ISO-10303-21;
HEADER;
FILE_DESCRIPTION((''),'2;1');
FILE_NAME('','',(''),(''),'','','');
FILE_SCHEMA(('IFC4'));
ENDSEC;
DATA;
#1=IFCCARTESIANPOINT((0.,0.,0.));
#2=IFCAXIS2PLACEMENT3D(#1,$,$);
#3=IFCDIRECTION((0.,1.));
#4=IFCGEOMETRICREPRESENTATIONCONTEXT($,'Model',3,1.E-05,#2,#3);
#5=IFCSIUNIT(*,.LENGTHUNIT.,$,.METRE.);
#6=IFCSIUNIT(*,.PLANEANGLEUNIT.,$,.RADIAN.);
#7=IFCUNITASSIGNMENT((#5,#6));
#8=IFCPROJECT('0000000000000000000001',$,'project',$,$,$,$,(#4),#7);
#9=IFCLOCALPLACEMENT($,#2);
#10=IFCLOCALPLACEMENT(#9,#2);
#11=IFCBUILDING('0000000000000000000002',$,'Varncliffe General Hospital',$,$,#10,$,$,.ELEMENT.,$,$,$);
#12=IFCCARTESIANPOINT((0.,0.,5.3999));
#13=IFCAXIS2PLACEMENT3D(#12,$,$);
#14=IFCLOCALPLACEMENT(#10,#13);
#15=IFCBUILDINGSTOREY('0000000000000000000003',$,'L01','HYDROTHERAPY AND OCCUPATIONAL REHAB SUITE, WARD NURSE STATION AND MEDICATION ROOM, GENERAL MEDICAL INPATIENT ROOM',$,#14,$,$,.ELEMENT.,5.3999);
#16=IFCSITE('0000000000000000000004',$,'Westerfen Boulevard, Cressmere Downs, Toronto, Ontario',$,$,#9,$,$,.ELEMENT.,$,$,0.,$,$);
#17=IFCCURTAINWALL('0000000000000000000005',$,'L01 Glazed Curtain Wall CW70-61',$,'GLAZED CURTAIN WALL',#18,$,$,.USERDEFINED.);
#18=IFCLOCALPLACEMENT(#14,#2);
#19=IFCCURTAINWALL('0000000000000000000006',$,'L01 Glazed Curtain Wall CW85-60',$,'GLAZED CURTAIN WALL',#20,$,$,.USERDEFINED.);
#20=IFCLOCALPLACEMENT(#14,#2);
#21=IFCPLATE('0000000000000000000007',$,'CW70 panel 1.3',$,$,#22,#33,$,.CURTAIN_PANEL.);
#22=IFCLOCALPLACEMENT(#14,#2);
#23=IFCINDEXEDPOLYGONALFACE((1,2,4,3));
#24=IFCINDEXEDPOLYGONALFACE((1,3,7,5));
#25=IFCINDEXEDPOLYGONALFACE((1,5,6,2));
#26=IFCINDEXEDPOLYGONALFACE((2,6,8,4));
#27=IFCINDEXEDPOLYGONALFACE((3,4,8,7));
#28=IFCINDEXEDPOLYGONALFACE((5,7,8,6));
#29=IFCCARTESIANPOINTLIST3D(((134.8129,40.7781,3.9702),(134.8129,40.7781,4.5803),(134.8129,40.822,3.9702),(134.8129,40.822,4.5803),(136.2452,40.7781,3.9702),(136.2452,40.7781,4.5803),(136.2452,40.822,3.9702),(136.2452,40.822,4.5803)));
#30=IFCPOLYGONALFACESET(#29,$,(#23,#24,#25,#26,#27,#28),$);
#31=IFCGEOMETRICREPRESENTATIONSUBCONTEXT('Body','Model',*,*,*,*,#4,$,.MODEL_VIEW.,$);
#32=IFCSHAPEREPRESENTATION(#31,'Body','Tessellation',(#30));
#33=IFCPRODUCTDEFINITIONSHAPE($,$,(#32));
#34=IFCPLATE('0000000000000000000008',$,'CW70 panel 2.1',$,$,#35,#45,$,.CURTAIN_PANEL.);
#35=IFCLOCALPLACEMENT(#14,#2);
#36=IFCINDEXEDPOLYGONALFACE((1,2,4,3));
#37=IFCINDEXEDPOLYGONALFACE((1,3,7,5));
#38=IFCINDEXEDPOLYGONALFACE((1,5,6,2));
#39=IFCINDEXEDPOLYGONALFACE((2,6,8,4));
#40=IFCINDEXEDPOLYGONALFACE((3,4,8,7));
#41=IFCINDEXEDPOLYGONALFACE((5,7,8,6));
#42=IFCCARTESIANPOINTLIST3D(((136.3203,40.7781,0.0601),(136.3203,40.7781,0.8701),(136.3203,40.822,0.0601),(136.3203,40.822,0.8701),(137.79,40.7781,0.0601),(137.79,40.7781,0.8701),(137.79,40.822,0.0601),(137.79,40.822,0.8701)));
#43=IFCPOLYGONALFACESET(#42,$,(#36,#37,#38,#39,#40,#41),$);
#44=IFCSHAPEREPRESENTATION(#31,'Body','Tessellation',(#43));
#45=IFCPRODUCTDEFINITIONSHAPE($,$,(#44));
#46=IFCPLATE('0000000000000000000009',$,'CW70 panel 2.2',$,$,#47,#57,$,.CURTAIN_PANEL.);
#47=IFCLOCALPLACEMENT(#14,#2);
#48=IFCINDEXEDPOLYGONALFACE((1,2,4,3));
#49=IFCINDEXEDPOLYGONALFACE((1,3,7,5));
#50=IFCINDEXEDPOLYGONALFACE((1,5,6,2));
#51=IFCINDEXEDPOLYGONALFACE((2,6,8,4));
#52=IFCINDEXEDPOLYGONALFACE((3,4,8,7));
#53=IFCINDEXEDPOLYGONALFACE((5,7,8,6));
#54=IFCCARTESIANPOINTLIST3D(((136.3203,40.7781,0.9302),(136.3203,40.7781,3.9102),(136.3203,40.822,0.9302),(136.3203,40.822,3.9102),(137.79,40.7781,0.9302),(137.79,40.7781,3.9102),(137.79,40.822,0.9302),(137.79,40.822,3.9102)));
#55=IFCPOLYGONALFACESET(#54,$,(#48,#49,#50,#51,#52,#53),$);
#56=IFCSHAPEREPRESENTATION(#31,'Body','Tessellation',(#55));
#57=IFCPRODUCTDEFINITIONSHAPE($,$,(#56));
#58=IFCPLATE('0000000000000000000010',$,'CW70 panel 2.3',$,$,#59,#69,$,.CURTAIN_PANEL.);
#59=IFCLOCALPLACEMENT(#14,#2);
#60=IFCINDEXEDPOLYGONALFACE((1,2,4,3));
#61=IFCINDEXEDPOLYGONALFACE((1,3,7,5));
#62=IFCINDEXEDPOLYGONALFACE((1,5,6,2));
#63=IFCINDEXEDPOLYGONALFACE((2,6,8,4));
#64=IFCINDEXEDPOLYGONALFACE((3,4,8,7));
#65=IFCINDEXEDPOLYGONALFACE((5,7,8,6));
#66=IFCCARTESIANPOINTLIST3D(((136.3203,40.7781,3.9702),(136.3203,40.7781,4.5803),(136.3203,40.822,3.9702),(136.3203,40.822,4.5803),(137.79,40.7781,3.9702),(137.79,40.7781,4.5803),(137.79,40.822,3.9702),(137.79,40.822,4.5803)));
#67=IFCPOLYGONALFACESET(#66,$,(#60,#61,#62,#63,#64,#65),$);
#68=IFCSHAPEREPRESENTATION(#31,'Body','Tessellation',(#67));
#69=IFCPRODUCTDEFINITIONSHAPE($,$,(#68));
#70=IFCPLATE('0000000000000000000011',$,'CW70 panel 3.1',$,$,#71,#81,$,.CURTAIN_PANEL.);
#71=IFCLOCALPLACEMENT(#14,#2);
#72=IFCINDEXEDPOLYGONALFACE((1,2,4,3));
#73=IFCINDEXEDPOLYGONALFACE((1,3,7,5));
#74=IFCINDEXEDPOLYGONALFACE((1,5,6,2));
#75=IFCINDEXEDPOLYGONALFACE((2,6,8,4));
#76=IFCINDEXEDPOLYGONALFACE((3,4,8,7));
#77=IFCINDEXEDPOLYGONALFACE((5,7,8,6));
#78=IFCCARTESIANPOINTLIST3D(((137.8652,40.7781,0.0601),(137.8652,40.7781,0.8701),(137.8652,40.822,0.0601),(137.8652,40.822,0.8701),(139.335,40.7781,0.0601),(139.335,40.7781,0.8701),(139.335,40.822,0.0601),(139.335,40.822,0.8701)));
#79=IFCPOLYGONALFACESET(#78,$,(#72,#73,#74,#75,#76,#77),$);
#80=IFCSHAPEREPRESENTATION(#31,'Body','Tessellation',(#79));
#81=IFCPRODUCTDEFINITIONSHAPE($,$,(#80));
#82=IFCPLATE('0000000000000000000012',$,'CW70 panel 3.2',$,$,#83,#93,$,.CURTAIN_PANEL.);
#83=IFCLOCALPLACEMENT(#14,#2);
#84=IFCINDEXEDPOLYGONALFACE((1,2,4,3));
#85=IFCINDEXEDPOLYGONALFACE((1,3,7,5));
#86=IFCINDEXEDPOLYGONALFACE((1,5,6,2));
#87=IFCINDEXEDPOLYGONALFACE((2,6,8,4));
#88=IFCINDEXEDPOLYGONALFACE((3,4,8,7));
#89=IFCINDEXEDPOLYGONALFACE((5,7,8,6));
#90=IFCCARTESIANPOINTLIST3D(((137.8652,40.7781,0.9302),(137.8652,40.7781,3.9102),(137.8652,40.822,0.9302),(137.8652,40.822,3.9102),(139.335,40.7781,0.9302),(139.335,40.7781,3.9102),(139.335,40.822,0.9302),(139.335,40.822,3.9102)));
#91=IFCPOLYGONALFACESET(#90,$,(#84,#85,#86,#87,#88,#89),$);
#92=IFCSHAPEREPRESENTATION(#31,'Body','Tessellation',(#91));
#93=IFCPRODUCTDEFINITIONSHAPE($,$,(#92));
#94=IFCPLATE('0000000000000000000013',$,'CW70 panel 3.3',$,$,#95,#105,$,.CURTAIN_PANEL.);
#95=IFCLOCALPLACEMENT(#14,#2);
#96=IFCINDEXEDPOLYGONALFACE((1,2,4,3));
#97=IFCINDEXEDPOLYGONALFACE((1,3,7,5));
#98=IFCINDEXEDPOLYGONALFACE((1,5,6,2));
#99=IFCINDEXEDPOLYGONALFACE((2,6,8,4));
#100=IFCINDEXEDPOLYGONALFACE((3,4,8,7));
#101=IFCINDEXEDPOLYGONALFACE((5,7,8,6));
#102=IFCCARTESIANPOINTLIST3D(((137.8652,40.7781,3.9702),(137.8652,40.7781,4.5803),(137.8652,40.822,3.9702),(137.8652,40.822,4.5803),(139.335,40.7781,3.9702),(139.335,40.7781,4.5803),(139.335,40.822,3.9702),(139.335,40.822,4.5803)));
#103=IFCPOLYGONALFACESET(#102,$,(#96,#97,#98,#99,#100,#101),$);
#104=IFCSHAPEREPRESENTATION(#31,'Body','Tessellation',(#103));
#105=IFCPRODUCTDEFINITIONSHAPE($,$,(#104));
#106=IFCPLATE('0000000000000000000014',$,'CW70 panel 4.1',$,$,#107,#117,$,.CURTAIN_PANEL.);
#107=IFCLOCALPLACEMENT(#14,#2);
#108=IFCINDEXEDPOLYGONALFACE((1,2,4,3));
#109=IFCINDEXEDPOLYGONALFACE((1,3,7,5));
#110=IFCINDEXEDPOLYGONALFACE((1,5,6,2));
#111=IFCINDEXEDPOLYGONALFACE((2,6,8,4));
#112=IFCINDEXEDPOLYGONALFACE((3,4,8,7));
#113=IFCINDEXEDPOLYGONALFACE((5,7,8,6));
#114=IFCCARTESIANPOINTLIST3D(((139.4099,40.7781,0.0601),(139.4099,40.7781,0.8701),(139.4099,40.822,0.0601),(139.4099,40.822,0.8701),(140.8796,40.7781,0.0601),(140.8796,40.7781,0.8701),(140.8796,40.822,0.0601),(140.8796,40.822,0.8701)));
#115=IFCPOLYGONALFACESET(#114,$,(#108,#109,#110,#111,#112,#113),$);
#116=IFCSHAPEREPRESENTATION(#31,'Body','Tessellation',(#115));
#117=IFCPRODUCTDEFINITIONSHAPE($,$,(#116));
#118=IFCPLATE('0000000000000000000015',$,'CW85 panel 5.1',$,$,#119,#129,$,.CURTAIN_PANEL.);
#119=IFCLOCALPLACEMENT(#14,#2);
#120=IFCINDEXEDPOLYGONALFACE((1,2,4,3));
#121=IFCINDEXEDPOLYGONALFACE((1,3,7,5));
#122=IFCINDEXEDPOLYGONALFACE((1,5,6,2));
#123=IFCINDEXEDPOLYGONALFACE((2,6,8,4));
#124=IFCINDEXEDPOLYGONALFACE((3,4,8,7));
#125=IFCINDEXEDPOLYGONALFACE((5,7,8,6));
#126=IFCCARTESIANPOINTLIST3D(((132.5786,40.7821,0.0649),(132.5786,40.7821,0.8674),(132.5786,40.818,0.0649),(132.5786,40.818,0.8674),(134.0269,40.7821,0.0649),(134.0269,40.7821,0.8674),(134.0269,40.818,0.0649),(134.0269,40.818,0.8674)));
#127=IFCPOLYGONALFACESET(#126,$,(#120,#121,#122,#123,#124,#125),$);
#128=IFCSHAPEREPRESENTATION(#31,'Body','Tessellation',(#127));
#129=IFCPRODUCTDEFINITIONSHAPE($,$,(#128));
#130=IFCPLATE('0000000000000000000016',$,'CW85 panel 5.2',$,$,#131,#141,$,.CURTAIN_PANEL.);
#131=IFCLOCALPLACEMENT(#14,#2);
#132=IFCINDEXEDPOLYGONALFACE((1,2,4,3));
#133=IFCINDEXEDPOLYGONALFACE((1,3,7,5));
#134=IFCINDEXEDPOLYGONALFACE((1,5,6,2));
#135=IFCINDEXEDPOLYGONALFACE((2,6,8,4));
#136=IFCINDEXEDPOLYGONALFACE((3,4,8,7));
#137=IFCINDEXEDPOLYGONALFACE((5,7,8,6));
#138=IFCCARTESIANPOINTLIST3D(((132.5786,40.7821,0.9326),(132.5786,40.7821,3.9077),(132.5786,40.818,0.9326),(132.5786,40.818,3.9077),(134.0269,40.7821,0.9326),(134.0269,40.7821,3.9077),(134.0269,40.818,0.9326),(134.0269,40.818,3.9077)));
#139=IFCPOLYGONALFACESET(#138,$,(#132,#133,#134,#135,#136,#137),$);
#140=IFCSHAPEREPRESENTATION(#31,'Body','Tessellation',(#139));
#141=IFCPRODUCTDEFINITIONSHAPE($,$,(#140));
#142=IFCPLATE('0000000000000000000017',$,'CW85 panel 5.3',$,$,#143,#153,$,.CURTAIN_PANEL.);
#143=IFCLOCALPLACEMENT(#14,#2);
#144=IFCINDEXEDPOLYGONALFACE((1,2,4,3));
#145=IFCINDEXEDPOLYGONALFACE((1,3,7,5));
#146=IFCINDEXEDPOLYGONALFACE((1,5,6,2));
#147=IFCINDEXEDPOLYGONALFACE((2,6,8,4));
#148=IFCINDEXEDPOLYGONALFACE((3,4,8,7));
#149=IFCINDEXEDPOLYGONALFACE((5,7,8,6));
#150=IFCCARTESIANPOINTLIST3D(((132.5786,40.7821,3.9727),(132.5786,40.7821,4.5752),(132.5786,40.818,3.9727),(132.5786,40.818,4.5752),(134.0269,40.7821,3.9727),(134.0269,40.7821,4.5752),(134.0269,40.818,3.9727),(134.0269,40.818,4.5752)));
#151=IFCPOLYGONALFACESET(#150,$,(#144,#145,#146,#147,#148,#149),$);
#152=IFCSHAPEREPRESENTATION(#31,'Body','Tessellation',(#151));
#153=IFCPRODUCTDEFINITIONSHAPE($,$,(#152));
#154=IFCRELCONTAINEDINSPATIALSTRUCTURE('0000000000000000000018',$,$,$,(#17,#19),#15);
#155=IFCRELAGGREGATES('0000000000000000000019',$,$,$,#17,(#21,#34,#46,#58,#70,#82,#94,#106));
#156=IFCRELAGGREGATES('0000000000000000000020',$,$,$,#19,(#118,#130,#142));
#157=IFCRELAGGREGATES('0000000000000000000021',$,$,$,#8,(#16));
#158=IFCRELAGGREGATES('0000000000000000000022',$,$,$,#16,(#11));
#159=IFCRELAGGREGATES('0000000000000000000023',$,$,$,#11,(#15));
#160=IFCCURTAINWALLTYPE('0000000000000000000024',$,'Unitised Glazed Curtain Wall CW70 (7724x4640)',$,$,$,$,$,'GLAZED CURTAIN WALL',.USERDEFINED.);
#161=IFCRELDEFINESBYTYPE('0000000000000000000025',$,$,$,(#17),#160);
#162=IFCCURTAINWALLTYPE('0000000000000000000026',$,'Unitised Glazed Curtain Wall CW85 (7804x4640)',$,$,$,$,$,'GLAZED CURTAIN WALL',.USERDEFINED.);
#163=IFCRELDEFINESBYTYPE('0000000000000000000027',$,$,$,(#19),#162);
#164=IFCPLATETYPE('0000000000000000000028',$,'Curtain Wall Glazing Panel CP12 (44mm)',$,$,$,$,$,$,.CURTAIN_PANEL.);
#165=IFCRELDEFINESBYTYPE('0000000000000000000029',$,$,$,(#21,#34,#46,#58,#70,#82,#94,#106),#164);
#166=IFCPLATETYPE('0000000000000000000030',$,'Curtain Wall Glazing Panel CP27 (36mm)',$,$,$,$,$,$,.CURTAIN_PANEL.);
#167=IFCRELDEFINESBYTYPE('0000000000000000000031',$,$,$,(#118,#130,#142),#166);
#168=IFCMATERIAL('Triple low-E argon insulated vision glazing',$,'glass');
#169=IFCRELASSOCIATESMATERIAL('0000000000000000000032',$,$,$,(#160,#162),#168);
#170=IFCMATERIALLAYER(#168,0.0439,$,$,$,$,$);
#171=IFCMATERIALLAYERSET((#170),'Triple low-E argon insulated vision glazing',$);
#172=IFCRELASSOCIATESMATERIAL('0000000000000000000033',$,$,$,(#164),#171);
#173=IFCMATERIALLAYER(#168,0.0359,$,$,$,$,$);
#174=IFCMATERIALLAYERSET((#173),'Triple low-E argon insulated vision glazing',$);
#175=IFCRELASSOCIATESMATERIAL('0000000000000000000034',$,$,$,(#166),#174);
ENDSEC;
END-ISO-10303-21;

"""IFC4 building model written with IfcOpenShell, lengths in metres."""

from ifc_helpers import new_model, si_unit, direction, frame, origin, origin_2d, place, context, subcontext, project, spatial, rectangle, extrude, material, layer, layer_set, type_object, element, aggregate, save


model = new_model("IFC4")

# Units and contexts
model_context = context("Model", 3, precision=1e-05, world=origin(), true_north=direction((0.0, 1.0)))
body_context = subcontext(model_context, "Body", "Model", "MODEL_VIEW")
ifc_project = project(units=[si_unit("LENGTHUNIT", "METRE"), si_unit("PLANEANGLEUNIT", "RADIAN")], contexts=[model_context])

# Site, building, storey
site_placement = place(None, origin())
site = spatial("IfcSite", under=ifc_project, at=site_placement, Name="Westerfen Boulevard, Cressmere Downs, Toronto, Ontario", CompositionType="ELEMENT", RefElevation=0.0)
building_placement = place(site_placement, origin())
building = spatial("IfcBuilding", under=site, at=building_placement, Name="Varncliffe General Hospital", CompositionType="ELEMENT")
storey_placement = place(building_placement, frame((0.0, 0.0, 5.3999)))
storey = spatial("IfcBuildingStorey", under=building, at=storey_placement, Name="L01", Description="HYDROTHERAPY AND OCCUPATIONAL REHAB SUITE, WARD NURSE STATION AND MEDICATION ROOM, GENERAL MEDICAL INPATIENT ROOM", CompositionType="ELEMENT", Elevation=5.3999)

# Curtain wall
ifc_material_1 = material(Name="Triple low-E argon insulated vision glazing", Category="glass")
curtain_wall_type_1 = type_object("IfcCurtainWallType", Name="Unitised Glazed Curtain Wall CW70 (7724x4640)", ElementType="GLAZED CURTAIN WALL", PredefinedType="USERDEFINED", material=ifc_material_1)
curtain_wall_1_placement = place(storey_placement, origin())
curtain_wall_1 = element("IfcCurtainWall", 1, at=curtain_wall_1_placement, inside=storey, type_object=curtain_wall_type_1, Name="L01 Glazed Curtain Wall CW70-61", ObjectType="GLAZED CURTAIN WALL", PredefinedType="USERDEFINED")

# Curtain wall
curtain_wall_type_2 = type_object("IfcCurtainWallType", Name="Unitised Glazed Curtain Wall CW85 (7804x4640)", ElementType="GLAZED CURTAIN WALL", PredefinedType="USERDEFINED", material=ifc_material_1)
curtain_wall_2_placement = place(storey_placement, origin())
curtain_wall_2 = element("IfcCurtainWall", 2, at=curtain_wall_2_placement, inside=storey, type_object=curtain_wall_type_2, Name="L01 Glazed Curtain Wall CW85-60", ObjectType="GLAZED CURTAIN WALL", PredefinedType="USERDEFINED")

# Plates
ifc_layer_1 = layer(ifc_material_1, 0.0439)
ifc_layer_set_1 = layer_set([ifc_layer_1], Name="Triple low-E argon insulated vision glazing")
plate_type_1 = type_object("IfcPlateType", Name="Curtain Wall Glazing Panel CP12 (44mm)", PredefinedType="CURTAIN_PANEL", material=ifc_layer_set_1)
plate_1_placement = place(storey_placement, frame((135.5291, 40.8, 3.9702), z_axis=(0.0, 0.0, 1.0), x_axis=(1.0, 0.0, 0.0)))
plate_1 = element("IfcPlate", 3, at=plate_1_placement, type_object=plate_type_1, Name="CW70 panel 1.3", PredefinedType="CURTAIN_PANEL", context=body_context, shape_type="SweptSolid", body=[
    extrude(rectangle(XDim=1.4324, YDim=0.0439, at=origin_2d()), origin(), (0.0, 0.0, 1.0), 0.6101),
])
plate_2_placement = place(storey_placement, frame((137.0552, 40.8, 0.0601), z_axis=(0.0, 0.0, 1.0), x_axis=(1.0, 0.0, 0.0)))
plate_2 = element("IfcPlate", 4, at=plate_2_placement, type_object=plate_type_1, Name="CW70 panel 2.1", PredefinedType="CURTAIN_PANEL", context=body_context, shape_type="SweptSolid", body=[
    extrude(rectangle(XDim=1.4697, YDim=0.0439, at=origin_2d()), origin(), (0.0, 0.0, 1.0), 0.8101),
])
plate_3_placement = place(storey_placement, frame((137.0552, 40.8, 0.9302), z_axis=(0.0, 0.0, 1.0), x_axis=(1.0, 0.0, 0.0)))
plate_3 = element("IfcPlate", 5, at=plate_3_placement, type_object=plate_type_1, Name="CW70 panel 2.2", PredefinedType="CURTAIN_PANEL", context=body_context, shape_type="SweptSolid", body=[
    extrude(rectangle(XDim=1.4697, YDim=0.0439, at=origin_2d()), origin(), (0.0, 0.0, 1.0), 2.98),
])
plate_4_placement = place(storey_placement, frame((137.0552, 40.8, 3.9702), z_axis=(0.0, 0.0, 1.0), x_axis=(1.0, 0.0, 0.0)))
plate_4 = element("IfcPlate", 6, at=plate_4_placement, type_object=plate_type_1, Name="CW70 panel 2.3", PredefinedType="CURTAIN_PANEL", context=body_context, shape_type="SweptSolid", body=[
    extrude(rectangle(XDim=1.4697, YDim=0.0439, at=origin_2d()), origin(), (0.0, 0.0, 1.0), 0.6101),
])
plate_5_placement = place(storey_placement, frame((138.6001, 40.8, 0.0601), z_axis=(0.0, 0.0, 1.0), x_axis=(1.0, 0.0, 0.0)))
plate_5 = element("IfcPlate", 7, at=plate_5_placement, type_object=plate_type_1, Name="CW70 panel 3.1", PredefinedType="CURTAIN_PANEL", context=body_context, shape_type="SweptSolid", body=[
    extrude(rectangle(XDim=1.4697, YDim=0.0439, at=origin_2d()), origin(), (0.0, 0.0, 1.0), 0.8101),
])
plate_6_placement = place(storey_placement, frame((138.6001, 40.8, 0.9302), z_axis=(0.0, 0.0, 1.0), x_axis=(1.0, 0.0, 0.0)))
plate_6 = element("IfcPlate", 8, at=plate_6_placement, type_object=plate_type_1, Name="CW70 panel 3.2", PredefinedType="CURTAIN_PANEL", context=body_context, shape_type="SweptSolid", body=[
    extrude(rectangle(XDim=1.4697, YDim=0.0439, at=origin_2d()), origin(), (0.0, 0.0, 1.0), 2.98),
])
plate_7_placement = place(storey_placement, frame((138.6001, 40.8, 3.9702), z_axis=(0.0, 0.0, 1.0), x_axis=(1.0, 0.0, 0.0)))
plate_7 = element("IfcPlate", 9, at=plate_7_placement, type_object=plate_type_1, Name="CW70 panel 3.3", PredefinedType="CURTAIN_PANEL", context=body_context, shape_type="SweptSolid", body=[
    extrude(rectangle(XDim=1.4697, YDim=0.0439, at=origin_2d()), origin(), (0.0, 0.0, 1.0), 0.6101),
])
plate_8_placement = place(storey_placement, frame((140.1448, 40.8, 0.0601), z_axis=(0.0, 0.0, 1.0), x_axis=(1.0, 0.0, 0.0)))
plate_8 = element("IfcPlate", 10, at=plate_8_placement, type_object=plate_type_1, Name="CW70 panel 4.1", PredefinedType="CURTAIN_PANEL", context=body_context, shape_type="SweptSolid", body=[
    extrude(rectangle(XDim=1.4697, YDim=0.0439, at=origin_2d()), origin(), (0.0, 0.0, 1.0), 0.8101),
])
aggregate(curtain_wall_1, [plate_1, plate_2, plate_3, plate_4, plate_5, plate_6, plate_7, plate_8])
ifc_layer_2 = layer(ifc_material_1, 0.0359)
ifc_layer_set_2 = layer_set([ifc_layer_2], Name="Triple low-E argon insulated vision glazing")
plate_type_2 = type_object("IfcPlateType", Name="Curtain Wall Glazing Panel CP27 (36mm)", PredefinedType="CURTAIN_PANEL", material=ifc_layer_set_2)
plate_9_placement = place(storey_placement, frame((133.3027, 40.8, 0.0649), z_axis=(0.0, 0.0, 1.0), x_axis=(1.0, 0.0, 0.0)))
plate_9 = element("IfcPlate", 11, at=plate_9_placement, type_object=plate_type_2, Name="CW85 panel 5.1", PredefinedType="CURTAIN_PANEL", context=body_context, shape_type="SweptSolid", body=[
    extrude(rectangle(XDim=1.4482, YDim=0.0359, at=origin_2d()), origin(), (0.0, 0.0, 1.0), 0.8025),
])
plate_10_placement = place(storey_placement, frame((133.3027, 40.8, 0.9326), z_axis=(0.0, 0.0, 1.0), x_axis=(1.0, 0.0, 0.0)))
plate_10 = element("IfcPlate", 12, at=plate_10_placement, type_object=plate_type_2, Name="CW85 panel 5.2", PredefinedType="CURTAIN_PANEL", context=body_context, shape_type="SweptSolid", body=[
    extrude(rectangle(XDim=1.4482, YDim=0.0359, at=origin_2d()), origin(), (0.0, 0.0, 1.0), 2.9751),
])
plate_11_placement = place(storey_placement, frame((133.3027, 40.8, 3.9727), z_axis=(0.0, 0.0, 1.0), x_axis=(1.0, 0.0, 0.0)))
plate_11 = element("IfcPlate", 13, at=plate_11_placement, type_object=plate_type_2, Name="CW85 panel 5.3", PredefinedType="CURTAIN_PANEL", context=body_context, shape_type="SweptSolid", body=[
    extrude(rectangle(XDim=1.4482, YDim=0.0359, at=origin_2d()), origin(), (0.0, 0.0, 1.0), 0.6025),
])
aggregate(curtain_wall_2, [plate_9, plate_10, plate_11])

save(model, "model.ifc")
